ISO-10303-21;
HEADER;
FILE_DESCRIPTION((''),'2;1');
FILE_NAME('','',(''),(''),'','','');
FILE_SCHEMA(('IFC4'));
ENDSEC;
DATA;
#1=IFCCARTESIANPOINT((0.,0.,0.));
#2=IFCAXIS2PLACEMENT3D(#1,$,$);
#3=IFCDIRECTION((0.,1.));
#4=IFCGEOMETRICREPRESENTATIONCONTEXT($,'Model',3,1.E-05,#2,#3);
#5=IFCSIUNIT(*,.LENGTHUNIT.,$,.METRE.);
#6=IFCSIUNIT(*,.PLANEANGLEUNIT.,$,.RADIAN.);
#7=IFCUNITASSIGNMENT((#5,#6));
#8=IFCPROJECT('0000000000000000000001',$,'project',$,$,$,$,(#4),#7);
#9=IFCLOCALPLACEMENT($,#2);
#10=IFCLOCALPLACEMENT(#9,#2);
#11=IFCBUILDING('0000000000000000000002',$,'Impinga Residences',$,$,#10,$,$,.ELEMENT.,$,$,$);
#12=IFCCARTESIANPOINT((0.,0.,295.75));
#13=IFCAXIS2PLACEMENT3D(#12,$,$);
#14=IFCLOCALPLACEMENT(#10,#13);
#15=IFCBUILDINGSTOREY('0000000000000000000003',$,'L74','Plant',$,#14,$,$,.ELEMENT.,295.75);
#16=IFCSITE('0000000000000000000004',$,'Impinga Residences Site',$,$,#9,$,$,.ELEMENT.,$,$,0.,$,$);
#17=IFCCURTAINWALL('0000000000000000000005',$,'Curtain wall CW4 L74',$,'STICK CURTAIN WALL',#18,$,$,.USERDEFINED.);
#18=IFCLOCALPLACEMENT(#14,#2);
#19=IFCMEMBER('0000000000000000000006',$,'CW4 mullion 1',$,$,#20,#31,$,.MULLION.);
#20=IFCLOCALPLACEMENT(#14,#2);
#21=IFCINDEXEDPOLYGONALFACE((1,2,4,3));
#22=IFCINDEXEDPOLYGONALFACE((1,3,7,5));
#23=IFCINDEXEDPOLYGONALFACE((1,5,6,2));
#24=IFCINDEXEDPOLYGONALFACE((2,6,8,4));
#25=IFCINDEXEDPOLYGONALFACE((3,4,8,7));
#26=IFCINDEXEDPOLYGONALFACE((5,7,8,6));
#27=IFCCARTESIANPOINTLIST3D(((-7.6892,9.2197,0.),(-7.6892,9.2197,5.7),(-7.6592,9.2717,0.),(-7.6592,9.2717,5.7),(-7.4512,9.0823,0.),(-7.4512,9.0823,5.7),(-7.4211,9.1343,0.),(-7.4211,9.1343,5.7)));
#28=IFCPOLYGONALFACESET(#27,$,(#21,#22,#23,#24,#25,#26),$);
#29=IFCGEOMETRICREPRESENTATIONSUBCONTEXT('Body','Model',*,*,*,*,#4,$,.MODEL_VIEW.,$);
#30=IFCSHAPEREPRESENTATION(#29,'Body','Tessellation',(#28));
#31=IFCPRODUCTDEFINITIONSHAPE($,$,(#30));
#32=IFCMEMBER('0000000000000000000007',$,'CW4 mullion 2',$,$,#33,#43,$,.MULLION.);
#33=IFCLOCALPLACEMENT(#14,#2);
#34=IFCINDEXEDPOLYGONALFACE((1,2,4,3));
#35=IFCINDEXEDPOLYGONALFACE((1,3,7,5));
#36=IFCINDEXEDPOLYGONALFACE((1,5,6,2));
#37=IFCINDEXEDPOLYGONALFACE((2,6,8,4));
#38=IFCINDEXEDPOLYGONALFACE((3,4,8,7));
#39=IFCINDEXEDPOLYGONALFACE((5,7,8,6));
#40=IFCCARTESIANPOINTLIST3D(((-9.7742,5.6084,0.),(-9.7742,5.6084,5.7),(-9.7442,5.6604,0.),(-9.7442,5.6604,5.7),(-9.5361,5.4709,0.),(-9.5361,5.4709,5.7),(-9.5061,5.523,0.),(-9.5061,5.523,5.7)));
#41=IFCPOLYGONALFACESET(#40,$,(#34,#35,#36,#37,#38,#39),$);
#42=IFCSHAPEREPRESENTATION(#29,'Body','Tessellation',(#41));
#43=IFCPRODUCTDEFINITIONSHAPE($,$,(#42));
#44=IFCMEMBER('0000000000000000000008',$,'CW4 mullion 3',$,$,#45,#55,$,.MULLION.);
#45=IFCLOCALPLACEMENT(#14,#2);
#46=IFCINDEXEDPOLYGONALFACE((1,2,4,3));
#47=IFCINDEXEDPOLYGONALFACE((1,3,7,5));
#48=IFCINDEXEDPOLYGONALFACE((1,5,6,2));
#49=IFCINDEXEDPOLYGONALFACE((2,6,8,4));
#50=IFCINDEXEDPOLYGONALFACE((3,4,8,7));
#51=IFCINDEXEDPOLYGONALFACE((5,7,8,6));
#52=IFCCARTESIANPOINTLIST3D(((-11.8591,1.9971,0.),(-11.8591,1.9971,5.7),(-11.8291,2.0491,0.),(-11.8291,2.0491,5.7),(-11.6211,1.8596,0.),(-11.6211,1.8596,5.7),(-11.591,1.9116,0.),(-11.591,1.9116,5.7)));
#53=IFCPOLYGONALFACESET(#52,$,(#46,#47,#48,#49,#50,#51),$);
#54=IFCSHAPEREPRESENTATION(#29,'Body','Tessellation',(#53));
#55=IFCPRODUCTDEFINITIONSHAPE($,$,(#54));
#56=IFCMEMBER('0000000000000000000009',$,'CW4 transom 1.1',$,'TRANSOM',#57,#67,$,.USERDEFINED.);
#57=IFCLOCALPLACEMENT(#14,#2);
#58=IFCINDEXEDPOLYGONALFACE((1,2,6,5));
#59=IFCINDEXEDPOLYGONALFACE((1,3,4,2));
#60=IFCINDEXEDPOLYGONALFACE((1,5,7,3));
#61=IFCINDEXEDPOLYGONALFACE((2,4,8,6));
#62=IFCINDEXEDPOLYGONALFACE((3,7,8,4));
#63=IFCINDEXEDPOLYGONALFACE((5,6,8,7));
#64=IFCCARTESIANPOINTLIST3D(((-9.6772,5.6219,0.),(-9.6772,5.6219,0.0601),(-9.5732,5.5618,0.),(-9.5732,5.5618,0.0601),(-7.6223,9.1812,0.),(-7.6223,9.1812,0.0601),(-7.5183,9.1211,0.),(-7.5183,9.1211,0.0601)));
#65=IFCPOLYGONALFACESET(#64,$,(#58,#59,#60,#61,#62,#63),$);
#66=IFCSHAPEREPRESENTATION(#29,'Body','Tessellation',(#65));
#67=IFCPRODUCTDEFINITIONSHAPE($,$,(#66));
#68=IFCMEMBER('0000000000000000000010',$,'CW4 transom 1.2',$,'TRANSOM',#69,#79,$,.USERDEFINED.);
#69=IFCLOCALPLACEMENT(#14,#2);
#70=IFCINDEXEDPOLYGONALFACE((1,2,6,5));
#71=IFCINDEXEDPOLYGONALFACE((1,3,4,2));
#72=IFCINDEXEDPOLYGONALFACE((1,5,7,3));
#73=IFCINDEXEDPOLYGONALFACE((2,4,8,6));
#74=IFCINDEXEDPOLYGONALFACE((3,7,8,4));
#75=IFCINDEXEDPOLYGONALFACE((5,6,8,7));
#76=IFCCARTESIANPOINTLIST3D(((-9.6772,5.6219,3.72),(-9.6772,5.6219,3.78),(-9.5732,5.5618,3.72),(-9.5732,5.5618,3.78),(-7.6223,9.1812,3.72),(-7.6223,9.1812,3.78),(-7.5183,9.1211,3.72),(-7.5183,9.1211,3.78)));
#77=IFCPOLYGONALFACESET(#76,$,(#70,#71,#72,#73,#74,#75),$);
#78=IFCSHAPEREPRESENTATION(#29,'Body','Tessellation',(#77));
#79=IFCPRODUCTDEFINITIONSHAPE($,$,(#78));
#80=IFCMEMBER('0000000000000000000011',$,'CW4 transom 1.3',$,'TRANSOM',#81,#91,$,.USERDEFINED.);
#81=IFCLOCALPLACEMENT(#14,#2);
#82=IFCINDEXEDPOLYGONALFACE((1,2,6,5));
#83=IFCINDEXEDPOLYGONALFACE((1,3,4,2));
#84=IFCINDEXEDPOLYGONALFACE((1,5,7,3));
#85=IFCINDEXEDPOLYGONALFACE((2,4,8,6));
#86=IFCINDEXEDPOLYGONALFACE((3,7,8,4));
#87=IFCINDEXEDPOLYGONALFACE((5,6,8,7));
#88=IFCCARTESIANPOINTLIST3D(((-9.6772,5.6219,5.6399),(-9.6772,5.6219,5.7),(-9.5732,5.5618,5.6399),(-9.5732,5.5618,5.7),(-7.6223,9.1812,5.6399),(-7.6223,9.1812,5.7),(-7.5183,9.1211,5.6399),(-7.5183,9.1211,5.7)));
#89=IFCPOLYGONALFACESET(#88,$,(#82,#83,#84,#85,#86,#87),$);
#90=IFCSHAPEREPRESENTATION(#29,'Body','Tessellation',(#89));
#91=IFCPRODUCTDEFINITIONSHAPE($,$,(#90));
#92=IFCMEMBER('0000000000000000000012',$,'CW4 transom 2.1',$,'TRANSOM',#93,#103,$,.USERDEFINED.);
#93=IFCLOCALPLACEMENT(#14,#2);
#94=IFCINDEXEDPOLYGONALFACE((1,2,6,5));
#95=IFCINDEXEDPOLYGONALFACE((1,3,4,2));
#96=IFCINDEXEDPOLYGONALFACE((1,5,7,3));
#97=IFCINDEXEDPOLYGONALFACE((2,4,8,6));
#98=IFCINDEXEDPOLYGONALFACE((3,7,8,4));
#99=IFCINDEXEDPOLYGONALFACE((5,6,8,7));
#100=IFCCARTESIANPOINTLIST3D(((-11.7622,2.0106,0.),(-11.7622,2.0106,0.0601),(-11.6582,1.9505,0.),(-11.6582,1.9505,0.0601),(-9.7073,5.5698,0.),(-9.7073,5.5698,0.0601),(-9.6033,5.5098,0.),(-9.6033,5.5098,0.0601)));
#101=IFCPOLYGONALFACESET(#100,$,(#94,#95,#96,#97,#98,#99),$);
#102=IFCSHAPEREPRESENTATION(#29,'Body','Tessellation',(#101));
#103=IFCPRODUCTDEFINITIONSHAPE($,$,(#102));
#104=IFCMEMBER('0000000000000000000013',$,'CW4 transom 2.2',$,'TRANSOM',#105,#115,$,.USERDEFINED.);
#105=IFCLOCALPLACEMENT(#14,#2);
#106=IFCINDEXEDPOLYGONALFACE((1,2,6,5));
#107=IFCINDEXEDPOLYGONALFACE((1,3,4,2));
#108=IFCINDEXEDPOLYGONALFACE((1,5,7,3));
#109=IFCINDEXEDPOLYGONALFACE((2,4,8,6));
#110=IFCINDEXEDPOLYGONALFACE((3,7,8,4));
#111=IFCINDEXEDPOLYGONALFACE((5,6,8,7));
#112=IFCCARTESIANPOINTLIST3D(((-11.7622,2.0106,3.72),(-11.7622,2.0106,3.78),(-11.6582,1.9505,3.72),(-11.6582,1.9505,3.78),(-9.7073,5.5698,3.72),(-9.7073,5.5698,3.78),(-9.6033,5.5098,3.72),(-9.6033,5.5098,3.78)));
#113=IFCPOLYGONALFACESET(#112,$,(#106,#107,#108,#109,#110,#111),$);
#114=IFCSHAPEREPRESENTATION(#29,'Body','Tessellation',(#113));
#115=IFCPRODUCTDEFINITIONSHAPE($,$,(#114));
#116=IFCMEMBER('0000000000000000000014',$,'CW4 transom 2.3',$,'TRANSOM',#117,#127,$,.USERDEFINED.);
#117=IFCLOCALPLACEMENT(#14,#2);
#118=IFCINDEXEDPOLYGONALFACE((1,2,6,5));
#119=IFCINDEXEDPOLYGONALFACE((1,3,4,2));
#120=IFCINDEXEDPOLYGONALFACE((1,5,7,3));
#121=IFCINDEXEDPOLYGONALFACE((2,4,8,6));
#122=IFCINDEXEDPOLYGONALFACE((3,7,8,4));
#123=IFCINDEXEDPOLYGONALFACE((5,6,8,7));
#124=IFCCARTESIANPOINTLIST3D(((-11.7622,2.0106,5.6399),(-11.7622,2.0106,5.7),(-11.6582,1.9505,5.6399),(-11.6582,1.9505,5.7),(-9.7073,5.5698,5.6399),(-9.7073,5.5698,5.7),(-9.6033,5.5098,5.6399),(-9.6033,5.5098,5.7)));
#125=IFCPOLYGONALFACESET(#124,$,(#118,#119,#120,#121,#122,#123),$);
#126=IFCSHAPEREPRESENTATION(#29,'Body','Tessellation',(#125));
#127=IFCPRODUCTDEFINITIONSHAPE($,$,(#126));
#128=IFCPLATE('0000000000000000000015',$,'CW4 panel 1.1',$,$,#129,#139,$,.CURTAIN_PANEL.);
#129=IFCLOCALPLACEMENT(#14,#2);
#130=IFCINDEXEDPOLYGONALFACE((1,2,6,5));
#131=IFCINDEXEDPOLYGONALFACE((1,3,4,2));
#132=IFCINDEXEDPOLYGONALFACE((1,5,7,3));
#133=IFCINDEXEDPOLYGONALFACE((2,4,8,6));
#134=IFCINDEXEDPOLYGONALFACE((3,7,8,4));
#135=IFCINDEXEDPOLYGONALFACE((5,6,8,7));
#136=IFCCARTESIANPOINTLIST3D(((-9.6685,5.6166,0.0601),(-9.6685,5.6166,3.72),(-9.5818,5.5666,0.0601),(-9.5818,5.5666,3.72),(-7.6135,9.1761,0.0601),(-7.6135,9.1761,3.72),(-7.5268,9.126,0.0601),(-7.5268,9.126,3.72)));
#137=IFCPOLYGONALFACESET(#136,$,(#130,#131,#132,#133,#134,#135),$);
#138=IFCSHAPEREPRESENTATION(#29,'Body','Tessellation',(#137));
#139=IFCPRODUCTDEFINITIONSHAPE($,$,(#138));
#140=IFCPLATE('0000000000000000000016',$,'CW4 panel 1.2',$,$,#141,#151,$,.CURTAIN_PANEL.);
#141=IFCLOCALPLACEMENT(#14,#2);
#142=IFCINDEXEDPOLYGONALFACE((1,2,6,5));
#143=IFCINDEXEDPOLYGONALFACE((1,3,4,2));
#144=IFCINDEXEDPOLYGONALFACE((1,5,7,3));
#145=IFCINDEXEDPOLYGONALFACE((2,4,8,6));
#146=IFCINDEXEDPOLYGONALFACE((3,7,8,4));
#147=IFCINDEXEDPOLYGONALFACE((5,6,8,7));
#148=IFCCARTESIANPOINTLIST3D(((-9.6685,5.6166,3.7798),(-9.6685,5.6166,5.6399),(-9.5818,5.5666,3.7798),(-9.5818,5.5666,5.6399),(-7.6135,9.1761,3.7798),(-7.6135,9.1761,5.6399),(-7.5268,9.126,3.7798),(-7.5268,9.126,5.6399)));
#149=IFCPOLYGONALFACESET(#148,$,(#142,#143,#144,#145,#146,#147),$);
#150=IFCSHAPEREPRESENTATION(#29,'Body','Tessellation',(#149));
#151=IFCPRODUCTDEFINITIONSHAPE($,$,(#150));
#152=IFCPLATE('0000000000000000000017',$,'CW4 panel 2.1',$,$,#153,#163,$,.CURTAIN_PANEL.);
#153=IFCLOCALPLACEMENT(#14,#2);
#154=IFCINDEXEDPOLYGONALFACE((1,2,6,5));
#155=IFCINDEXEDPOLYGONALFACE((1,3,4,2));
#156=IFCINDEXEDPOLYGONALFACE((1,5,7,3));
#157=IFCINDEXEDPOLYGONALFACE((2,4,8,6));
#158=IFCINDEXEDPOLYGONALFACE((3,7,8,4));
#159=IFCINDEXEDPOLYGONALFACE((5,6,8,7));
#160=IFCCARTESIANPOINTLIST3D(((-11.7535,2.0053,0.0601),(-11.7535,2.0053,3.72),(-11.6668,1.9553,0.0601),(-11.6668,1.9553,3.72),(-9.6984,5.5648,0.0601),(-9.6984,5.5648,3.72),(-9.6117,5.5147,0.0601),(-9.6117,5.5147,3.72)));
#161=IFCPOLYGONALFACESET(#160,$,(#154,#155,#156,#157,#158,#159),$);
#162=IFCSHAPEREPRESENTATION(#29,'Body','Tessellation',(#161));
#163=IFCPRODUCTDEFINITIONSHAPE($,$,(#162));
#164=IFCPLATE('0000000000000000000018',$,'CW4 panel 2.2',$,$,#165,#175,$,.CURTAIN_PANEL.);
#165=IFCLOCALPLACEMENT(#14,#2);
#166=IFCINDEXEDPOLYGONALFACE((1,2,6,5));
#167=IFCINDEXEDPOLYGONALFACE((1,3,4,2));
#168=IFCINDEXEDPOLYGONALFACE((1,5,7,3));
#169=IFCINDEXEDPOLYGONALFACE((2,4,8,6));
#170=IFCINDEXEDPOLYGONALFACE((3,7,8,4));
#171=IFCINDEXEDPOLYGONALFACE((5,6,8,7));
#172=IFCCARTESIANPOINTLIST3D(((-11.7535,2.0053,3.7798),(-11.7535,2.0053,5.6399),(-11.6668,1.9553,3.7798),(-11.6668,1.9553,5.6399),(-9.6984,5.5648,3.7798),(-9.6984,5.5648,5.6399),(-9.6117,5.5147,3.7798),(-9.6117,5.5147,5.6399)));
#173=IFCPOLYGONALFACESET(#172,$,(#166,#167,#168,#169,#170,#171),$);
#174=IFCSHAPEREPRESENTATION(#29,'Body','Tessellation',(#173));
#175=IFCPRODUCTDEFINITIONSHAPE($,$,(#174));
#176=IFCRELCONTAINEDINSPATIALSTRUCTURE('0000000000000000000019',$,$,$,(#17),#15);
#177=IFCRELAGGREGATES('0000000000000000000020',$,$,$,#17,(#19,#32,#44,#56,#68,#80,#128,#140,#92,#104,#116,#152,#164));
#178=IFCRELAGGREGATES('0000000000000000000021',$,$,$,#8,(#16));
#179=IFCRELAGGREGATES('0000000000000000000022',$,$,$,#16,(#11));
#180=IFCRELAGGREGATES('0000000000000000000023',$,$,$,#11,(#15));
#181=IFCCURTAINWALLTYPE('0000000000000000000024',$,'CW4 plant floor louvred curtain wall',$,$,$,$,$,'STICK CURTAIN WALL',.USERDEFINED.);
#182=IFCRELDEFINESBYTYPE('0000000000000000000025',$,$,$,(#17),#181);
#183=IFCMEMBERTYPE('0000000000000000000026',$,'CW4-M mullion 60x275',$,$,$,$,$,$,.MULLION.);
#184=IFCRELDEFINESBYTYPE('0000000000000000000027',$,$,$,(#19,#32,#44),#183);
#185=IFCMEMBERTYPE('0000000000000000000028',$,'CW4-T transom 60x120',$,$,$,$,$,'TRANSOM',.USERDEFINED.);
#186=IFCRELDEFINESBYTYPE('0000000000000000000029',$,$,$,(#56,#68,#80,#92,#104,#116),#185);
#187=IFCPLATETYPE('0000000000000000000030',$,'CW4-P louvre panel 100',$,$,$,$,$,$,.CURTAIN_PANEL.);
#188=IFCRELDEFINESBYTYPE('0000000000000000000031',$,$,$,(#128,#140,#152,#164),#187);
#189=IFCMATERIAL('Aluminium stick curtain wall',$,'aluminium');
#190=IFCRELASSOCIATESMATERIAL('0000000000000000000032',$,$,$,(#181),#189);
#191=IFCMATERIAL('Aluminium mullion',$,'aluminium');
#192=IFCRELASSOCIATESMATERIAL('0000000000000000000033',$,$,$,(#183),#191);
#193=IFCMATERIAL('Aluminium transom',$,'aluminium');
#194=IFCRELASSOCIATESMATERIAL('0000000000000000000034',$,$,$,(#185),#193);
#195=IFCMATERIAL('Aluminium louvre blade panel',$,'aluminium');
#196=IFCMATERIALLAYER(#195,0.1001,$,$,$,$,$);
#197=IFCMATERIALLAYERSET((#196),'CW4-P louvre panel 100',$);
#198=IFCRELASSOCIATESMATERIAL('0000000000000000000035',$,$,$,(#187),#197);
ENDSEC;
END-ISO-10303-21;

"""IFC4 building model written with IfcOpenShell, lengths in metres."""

from ifc_helpers import new_model, si_unit, direction, frame, origin, origin_2d, place, context, subcontext, project, spatial, rectangle, extrude, material, layer, layer_set, material_profile, profile_set, type_object, element, aggregate, save


model = new_model("IFC4")

# Units and contexts
model_context = context("Model", 3, precision=1e-05, world=origin(), true_north=direction((0.0, 1.0)))
body_context = subcontext(model_context, "Body", "Model", "MODEL_VIEW")
ifc_project = project(units=[si_unit("LENGTHUNIT", "METRE"), si_unit("PLANEANGLEUNIT", "RADIAN")], contexts=[model_context])

# Site, building, storey
site_placement = place(None, origin())
site = spatial("IfcSite", under=ifc_project, at=site_placement, Name="Impinga Residences Site", CompositionType="ELEMENT", RefElevation=0.0)
building_placement = place(site_placement, origin())
building = spatial("IfcBuilding", under=site, at=building_placement, Name="Impinga Residences", CompositionType="ELEMENT")
storey_placement = place(building_placement, frame((0.0, 0.0, 295.75)))
storey = spatial("IfcBuildingStorey", under=building, at=storey_placement, Name="L74", Description="Plant", CompositionType="ELEMENT", Elevation=295.75)

# Curtain wall, members, plates
ifc_material_1 = material(Name="Aluminium stick curtain wall", Category="aluminium")
curtain_wall_type = type_object("IfcCurtainWallType", Name="CW4 plant floor louvred curtain wall", ElementType="STICK CURTAIN WALL", PredefinedType="USERDEFINED", material=ifc_material_1)
curtain_wall_placement = place(storey_placement, origin())
curtain_wall = element("IfcCurtainWall", 1, at=curtain_wall_placement, inside=storey, type_object=curtain_wall_type, Name="Curtain wall CW4 L74", ObjectType="STICK CURTAIN WALL", PredefinedType="USERDEFINED")
ifc_material_2 = material(Name="Aluminium mullion", Category="aluminium")
ifc_material_profile_1 = material_profile(ifc_material_2, rectangle(XDim=0.0601, YDim=0.2749, at=origin_2d()), Name="60x275 mullion")
ifc_profile_set_1 = profile_set([ifc_material_profile_1], Name="Aluminium mullion")
member_type_1 = type_object("IfcMemberType", Name="CW4-M mullion 60x275", PredefinedType="MULLION", material=ifc_profile_set_1)
member_1_placement = place(storey_placement, frame((-7.5552, 9.177, 0.0), z_axis=(0.0, 0.0, 1.0), x_axis=(-0.5, -0.866025, 0.0)))
member_1 = element("IfcMember", 2, at=member_1_placement, type_object=member_type_1, Name="CW4 mullion 1", PredefinedType="MULLION", context=body_context, shape_type="SweptSolid", body=[
    extrude(rectangle(XDim=0.0601, YDim=0.2749, at=origin_2d()), origin(), (0.0, 0.0, 1.0), 5.7),
])
member_2_placement = place(storey_placement, frame((-9.6401, 5.5657, 0.0), z_axis=(0.0, 0.0, 1.0), x_axis=(-0.5, -0.866025, 0.0)))
member_2 = element("IfcMember", 3, at=member_2_placement, type_object=member_type_1, Name="CW4 mullion 2", PredefinedType="MULLION", context=body_context, shape_type="SweptSolid", body=[
    extrude(rectangle(XDim=0.0601, YDim=0.2749, at=origin_2d()), origin(), (0.0, 0.0, 1.0), 5.7),
])
member_3_placement = place(storey_placement, frame((-11.7251, 1.9543, 0.0), z_axis=(0.0, 0.0, 1.0), x_axis=(-0.5, -0.866025, 0.0)))
member_3 = element("IfcMember", 4, at=member_3_placement, type_object=member_type_1, Name="CW4 mullion 3", PredefinedType="MULLION", context=body_context, shape_type="SweptSolid", body=[
    extrude(rectangle(XDim=0.0601, YDim=0.2749, at=origin_2d()), origin(), (0.0, 0.0, 1.0), 5.7),
])
ifc_material_3 = material(Name="Aluminium transom", Category="aluminium")
ifc_material_profile_2 = material_profile(ifc_material_3, rectangle(XDim=0.0601, YDim=0.1201, at=origin_2d()), Name="60x120 transom")
ifc_profile_set_2 = profile_set([ifc_material_profile_2], Name="Aluminium transom")
member_type_2 = type_object("IfcMemberType", Name="CW4-T transom 60x120", ElementType="TRANSOM", PredefinedType="USERDEFINED", material=ifc_profile_set_2)
member_4_placement = place(storey_placement, frame((-7.5703, 9.1511, 0.03), z_axis=(-0.499992, -0.86603, 0.0), x_axis=(0.0, 0.0, 1.0)))
member_4 = element("IfcMember", 5, at=member_4_placement, type_object=member_type_2, Name="CW4 transom 1.1", ObjectType="TRANSOM", PredefinedType="USERDEFINED", context=body_context, shape_type="SweptSolid", body=[
    extrude(rectangle(XDim=0.0601, YDim=0.1201, at=origin_2d()), origin(), (0.0, 0.0, 1.0), 4.1099),
])
member_5_placement = place(storey_placement, frame((-7.5703, 9.1511, 3.75), z_axis=(-0.499992, -0.86603, 0.0), x_axis=(0.0, 0.0, 1.0)))
member_5 = element("IfcMember", 6, at=member_5_placement, type_object=member_type_2, Name="CW4 transom 1.2", ObjectType="TRANSOM", PredefinedType="USERDEFINED", context=body_context, shape_type="SweptSolid", body=[
    extrude(rectangle(XDim=0.0601, YDim=0.1201, at=origin_2d()), origin(), (0.0, 0.0, 1.0), 4.1099),
])
member_6_placement = place(storey_placement, frame((-7.5703, 9.1511, 5.6699), z_axis=(-0.499992, -0.86603, 0.0), x_axis=(0.0, 0.0, 1.0)))
member_6 = element("IfcMember", 7, at=member_6_placement, type_object=member_type_2, Name="CW4 transom 1.3", ObjectType="TRANSOM", PredefinedType="USERDEFINED", context=body_context, shape_type="SweptSolid", body=[
    extrude(rectangle(XDim=0.0601, YDim=0.1201, at=origin_2d()), origin(), (0.0, 0.0, 1.0), 4.1099),
])
member_7_placement = place(storey_placement, frame((-9.6553, 5.5398, 0.03), z_axis=(-0.499992, -0.86603, 0.0), x_axis=(0.0, 0.0, 1.0)))
member_7 = element("IfcMember", 8, at=member_7_placement, type_object=member_type_2, Name="CW4 transom 2.1", ObjectType="TRANSOM", PredefinedType="USERDEFINED", context=body_context, shape_type="SweptSolid", body=[
    extrude(rectangle(XDim=0.0601, YDim=0.1201, at=origin_2d()), origin(), (0.0, 0.0, 1.0), 4.1099),
])
member_8_placement = place(storey_placement, frame((-9.6553, 5.5398, 3.75), z_axis=(-0.499992, -0.86603, 0.0), x_axis=(0.0, 0.0, 1.0)))
member_8 = element("IfcMember", 9, at=member_8_placement, type_object=member_type_2, Name="CW4 transom 2.2", ObjectType="TRANSOM", PredefinedType="USERDEFINED", context=body_context, shape_type="SweptSolid", body=[
    extrude(rectangle(XDim=0.0601, YDim=0.1201, at=origin_2d()), origin(), (0.0, 0.0, 1.0), 4.1099),
])
member_9_placement = place(storey_placement, frame((-9.6553, 5.5398, 5.6699), z_axis=(-0.499992, -0.86603, 0.0), x_axis=(0.0, 0.0, 1.0)))
member_9 = element("IfcMember", 10, at=member_9_placement, type_object=member_type_2, Name="CW4 transom 2.3", ObjectType="TRANSOM", PredefinedType="USERDEFINED", context=body_context, shape_type="SweptSolid", body=[
    extrude(rectangle(XDim=0.0601, YDim=0.1201, at=origin_2d()), origin(), (0.0, 0.0, 1.0), 4.1099),
])
ifc_material_4 = material(Name="Aluminium louvre blade panel", Category="aluminium")
ifc_layer_1 = layer(ifc_material_4, 0.1001)
ifc_layer_set_1 = layer_set([ifc_layer_1], Name="CW4-P louvre panel 100")
plate_type = type_object("IfcPlateType", Name="CW4-P louvre panel 100", PredefinedType="CURTAIN_PANEL", material=ifc_layer_set_1)
plate_1_placement = place(storey_placement, frame((-8.5977, 7.3713, 0.0601), z_axis=(0.0, 0.0, 1.0), x_axis=(-0.5, -0.866025, 0.0)))
plate_1 = element("IfcPlate", 11, at=plate_1_placement, type_object=plate_type, Name="CW4 panel 1.1", PredefinedType="CURTAIN_PANEL", context=body_context, shape_type="SweptSolid", body=[
    extrude(rectangle(XDim=4.1101, YDim=0.1001, at=origin_2d()), origin(), (0.0, 0.0, 1.0), 3.6599),
])
plate_2_placement = place(storey_placement, frame((-8.5977, 7.3713, 3.7798), z_axis=(0.0, 0.0, 1.0), x_axis=(-0.5, -0.866025, 0.0)))
plate_2 = element("IfcPlate", 12, at=plate_2_placement, type_object=plate_type, Name="CW4 panel 1.2", PredefinedType="CURTAIN_PANEL", context=body_context, shape_type="SweptSolid", body=[
    extrude(rectangle(XDim=4.1101, YDim=0.1001, at=origin_2d()), origin(), (0.0, 0.0, 1.0), 1.8601),
])
plate_3_placement = place(storey_placement, frame((-10.6826, 3.76, 0.0601), z_axis=(0.0, 0.0, 1.0), x_axis=(-0.5, -0.866025, 0.0)))
plate_3 = element("IfcPlate", 13, at=plate_3_placement, type_object=plate_type, Name="CW4 panel 2.1", PredefinedType="CURTAIN_PANEL", context=body_context, shape_type="SweptSolid", body=[
    extrude(rectangle(XDim=4.1101, YDim=0.1001, at=origin_2d()), origin(), (0.0, 0.0, 1.0), 3.6599),
])
plate_4_placement = place(storey_placement, frame((-10.6826, 3.76, 3.7798), z_axis=(0.0, 0.0, 1.0), x_axis=(-0.5, -0.866025, 0.0)))
plate_4 = element("IfcPlate", 14, at=plate_4_placement, type_object=plate_type, Name="CW4 panel 2.2", PredefinedType="CURTAIN_PANEL", context=body_context, shape_type="SweptSolid", body=[
    extrude(rectangle(XDim=4.1101, YDim=0.1001, at=origin_2d()), origin(), (0.0, 0.0, 1.0), 1.8601),
])
aggregate(curtain_wall, [member_1, member_2, member_3, member_4, member_5, member_6, plate_1, plate_2, member_7, member_8, member_9, plate_3, plate_4])

save(model, "model.ifc")
